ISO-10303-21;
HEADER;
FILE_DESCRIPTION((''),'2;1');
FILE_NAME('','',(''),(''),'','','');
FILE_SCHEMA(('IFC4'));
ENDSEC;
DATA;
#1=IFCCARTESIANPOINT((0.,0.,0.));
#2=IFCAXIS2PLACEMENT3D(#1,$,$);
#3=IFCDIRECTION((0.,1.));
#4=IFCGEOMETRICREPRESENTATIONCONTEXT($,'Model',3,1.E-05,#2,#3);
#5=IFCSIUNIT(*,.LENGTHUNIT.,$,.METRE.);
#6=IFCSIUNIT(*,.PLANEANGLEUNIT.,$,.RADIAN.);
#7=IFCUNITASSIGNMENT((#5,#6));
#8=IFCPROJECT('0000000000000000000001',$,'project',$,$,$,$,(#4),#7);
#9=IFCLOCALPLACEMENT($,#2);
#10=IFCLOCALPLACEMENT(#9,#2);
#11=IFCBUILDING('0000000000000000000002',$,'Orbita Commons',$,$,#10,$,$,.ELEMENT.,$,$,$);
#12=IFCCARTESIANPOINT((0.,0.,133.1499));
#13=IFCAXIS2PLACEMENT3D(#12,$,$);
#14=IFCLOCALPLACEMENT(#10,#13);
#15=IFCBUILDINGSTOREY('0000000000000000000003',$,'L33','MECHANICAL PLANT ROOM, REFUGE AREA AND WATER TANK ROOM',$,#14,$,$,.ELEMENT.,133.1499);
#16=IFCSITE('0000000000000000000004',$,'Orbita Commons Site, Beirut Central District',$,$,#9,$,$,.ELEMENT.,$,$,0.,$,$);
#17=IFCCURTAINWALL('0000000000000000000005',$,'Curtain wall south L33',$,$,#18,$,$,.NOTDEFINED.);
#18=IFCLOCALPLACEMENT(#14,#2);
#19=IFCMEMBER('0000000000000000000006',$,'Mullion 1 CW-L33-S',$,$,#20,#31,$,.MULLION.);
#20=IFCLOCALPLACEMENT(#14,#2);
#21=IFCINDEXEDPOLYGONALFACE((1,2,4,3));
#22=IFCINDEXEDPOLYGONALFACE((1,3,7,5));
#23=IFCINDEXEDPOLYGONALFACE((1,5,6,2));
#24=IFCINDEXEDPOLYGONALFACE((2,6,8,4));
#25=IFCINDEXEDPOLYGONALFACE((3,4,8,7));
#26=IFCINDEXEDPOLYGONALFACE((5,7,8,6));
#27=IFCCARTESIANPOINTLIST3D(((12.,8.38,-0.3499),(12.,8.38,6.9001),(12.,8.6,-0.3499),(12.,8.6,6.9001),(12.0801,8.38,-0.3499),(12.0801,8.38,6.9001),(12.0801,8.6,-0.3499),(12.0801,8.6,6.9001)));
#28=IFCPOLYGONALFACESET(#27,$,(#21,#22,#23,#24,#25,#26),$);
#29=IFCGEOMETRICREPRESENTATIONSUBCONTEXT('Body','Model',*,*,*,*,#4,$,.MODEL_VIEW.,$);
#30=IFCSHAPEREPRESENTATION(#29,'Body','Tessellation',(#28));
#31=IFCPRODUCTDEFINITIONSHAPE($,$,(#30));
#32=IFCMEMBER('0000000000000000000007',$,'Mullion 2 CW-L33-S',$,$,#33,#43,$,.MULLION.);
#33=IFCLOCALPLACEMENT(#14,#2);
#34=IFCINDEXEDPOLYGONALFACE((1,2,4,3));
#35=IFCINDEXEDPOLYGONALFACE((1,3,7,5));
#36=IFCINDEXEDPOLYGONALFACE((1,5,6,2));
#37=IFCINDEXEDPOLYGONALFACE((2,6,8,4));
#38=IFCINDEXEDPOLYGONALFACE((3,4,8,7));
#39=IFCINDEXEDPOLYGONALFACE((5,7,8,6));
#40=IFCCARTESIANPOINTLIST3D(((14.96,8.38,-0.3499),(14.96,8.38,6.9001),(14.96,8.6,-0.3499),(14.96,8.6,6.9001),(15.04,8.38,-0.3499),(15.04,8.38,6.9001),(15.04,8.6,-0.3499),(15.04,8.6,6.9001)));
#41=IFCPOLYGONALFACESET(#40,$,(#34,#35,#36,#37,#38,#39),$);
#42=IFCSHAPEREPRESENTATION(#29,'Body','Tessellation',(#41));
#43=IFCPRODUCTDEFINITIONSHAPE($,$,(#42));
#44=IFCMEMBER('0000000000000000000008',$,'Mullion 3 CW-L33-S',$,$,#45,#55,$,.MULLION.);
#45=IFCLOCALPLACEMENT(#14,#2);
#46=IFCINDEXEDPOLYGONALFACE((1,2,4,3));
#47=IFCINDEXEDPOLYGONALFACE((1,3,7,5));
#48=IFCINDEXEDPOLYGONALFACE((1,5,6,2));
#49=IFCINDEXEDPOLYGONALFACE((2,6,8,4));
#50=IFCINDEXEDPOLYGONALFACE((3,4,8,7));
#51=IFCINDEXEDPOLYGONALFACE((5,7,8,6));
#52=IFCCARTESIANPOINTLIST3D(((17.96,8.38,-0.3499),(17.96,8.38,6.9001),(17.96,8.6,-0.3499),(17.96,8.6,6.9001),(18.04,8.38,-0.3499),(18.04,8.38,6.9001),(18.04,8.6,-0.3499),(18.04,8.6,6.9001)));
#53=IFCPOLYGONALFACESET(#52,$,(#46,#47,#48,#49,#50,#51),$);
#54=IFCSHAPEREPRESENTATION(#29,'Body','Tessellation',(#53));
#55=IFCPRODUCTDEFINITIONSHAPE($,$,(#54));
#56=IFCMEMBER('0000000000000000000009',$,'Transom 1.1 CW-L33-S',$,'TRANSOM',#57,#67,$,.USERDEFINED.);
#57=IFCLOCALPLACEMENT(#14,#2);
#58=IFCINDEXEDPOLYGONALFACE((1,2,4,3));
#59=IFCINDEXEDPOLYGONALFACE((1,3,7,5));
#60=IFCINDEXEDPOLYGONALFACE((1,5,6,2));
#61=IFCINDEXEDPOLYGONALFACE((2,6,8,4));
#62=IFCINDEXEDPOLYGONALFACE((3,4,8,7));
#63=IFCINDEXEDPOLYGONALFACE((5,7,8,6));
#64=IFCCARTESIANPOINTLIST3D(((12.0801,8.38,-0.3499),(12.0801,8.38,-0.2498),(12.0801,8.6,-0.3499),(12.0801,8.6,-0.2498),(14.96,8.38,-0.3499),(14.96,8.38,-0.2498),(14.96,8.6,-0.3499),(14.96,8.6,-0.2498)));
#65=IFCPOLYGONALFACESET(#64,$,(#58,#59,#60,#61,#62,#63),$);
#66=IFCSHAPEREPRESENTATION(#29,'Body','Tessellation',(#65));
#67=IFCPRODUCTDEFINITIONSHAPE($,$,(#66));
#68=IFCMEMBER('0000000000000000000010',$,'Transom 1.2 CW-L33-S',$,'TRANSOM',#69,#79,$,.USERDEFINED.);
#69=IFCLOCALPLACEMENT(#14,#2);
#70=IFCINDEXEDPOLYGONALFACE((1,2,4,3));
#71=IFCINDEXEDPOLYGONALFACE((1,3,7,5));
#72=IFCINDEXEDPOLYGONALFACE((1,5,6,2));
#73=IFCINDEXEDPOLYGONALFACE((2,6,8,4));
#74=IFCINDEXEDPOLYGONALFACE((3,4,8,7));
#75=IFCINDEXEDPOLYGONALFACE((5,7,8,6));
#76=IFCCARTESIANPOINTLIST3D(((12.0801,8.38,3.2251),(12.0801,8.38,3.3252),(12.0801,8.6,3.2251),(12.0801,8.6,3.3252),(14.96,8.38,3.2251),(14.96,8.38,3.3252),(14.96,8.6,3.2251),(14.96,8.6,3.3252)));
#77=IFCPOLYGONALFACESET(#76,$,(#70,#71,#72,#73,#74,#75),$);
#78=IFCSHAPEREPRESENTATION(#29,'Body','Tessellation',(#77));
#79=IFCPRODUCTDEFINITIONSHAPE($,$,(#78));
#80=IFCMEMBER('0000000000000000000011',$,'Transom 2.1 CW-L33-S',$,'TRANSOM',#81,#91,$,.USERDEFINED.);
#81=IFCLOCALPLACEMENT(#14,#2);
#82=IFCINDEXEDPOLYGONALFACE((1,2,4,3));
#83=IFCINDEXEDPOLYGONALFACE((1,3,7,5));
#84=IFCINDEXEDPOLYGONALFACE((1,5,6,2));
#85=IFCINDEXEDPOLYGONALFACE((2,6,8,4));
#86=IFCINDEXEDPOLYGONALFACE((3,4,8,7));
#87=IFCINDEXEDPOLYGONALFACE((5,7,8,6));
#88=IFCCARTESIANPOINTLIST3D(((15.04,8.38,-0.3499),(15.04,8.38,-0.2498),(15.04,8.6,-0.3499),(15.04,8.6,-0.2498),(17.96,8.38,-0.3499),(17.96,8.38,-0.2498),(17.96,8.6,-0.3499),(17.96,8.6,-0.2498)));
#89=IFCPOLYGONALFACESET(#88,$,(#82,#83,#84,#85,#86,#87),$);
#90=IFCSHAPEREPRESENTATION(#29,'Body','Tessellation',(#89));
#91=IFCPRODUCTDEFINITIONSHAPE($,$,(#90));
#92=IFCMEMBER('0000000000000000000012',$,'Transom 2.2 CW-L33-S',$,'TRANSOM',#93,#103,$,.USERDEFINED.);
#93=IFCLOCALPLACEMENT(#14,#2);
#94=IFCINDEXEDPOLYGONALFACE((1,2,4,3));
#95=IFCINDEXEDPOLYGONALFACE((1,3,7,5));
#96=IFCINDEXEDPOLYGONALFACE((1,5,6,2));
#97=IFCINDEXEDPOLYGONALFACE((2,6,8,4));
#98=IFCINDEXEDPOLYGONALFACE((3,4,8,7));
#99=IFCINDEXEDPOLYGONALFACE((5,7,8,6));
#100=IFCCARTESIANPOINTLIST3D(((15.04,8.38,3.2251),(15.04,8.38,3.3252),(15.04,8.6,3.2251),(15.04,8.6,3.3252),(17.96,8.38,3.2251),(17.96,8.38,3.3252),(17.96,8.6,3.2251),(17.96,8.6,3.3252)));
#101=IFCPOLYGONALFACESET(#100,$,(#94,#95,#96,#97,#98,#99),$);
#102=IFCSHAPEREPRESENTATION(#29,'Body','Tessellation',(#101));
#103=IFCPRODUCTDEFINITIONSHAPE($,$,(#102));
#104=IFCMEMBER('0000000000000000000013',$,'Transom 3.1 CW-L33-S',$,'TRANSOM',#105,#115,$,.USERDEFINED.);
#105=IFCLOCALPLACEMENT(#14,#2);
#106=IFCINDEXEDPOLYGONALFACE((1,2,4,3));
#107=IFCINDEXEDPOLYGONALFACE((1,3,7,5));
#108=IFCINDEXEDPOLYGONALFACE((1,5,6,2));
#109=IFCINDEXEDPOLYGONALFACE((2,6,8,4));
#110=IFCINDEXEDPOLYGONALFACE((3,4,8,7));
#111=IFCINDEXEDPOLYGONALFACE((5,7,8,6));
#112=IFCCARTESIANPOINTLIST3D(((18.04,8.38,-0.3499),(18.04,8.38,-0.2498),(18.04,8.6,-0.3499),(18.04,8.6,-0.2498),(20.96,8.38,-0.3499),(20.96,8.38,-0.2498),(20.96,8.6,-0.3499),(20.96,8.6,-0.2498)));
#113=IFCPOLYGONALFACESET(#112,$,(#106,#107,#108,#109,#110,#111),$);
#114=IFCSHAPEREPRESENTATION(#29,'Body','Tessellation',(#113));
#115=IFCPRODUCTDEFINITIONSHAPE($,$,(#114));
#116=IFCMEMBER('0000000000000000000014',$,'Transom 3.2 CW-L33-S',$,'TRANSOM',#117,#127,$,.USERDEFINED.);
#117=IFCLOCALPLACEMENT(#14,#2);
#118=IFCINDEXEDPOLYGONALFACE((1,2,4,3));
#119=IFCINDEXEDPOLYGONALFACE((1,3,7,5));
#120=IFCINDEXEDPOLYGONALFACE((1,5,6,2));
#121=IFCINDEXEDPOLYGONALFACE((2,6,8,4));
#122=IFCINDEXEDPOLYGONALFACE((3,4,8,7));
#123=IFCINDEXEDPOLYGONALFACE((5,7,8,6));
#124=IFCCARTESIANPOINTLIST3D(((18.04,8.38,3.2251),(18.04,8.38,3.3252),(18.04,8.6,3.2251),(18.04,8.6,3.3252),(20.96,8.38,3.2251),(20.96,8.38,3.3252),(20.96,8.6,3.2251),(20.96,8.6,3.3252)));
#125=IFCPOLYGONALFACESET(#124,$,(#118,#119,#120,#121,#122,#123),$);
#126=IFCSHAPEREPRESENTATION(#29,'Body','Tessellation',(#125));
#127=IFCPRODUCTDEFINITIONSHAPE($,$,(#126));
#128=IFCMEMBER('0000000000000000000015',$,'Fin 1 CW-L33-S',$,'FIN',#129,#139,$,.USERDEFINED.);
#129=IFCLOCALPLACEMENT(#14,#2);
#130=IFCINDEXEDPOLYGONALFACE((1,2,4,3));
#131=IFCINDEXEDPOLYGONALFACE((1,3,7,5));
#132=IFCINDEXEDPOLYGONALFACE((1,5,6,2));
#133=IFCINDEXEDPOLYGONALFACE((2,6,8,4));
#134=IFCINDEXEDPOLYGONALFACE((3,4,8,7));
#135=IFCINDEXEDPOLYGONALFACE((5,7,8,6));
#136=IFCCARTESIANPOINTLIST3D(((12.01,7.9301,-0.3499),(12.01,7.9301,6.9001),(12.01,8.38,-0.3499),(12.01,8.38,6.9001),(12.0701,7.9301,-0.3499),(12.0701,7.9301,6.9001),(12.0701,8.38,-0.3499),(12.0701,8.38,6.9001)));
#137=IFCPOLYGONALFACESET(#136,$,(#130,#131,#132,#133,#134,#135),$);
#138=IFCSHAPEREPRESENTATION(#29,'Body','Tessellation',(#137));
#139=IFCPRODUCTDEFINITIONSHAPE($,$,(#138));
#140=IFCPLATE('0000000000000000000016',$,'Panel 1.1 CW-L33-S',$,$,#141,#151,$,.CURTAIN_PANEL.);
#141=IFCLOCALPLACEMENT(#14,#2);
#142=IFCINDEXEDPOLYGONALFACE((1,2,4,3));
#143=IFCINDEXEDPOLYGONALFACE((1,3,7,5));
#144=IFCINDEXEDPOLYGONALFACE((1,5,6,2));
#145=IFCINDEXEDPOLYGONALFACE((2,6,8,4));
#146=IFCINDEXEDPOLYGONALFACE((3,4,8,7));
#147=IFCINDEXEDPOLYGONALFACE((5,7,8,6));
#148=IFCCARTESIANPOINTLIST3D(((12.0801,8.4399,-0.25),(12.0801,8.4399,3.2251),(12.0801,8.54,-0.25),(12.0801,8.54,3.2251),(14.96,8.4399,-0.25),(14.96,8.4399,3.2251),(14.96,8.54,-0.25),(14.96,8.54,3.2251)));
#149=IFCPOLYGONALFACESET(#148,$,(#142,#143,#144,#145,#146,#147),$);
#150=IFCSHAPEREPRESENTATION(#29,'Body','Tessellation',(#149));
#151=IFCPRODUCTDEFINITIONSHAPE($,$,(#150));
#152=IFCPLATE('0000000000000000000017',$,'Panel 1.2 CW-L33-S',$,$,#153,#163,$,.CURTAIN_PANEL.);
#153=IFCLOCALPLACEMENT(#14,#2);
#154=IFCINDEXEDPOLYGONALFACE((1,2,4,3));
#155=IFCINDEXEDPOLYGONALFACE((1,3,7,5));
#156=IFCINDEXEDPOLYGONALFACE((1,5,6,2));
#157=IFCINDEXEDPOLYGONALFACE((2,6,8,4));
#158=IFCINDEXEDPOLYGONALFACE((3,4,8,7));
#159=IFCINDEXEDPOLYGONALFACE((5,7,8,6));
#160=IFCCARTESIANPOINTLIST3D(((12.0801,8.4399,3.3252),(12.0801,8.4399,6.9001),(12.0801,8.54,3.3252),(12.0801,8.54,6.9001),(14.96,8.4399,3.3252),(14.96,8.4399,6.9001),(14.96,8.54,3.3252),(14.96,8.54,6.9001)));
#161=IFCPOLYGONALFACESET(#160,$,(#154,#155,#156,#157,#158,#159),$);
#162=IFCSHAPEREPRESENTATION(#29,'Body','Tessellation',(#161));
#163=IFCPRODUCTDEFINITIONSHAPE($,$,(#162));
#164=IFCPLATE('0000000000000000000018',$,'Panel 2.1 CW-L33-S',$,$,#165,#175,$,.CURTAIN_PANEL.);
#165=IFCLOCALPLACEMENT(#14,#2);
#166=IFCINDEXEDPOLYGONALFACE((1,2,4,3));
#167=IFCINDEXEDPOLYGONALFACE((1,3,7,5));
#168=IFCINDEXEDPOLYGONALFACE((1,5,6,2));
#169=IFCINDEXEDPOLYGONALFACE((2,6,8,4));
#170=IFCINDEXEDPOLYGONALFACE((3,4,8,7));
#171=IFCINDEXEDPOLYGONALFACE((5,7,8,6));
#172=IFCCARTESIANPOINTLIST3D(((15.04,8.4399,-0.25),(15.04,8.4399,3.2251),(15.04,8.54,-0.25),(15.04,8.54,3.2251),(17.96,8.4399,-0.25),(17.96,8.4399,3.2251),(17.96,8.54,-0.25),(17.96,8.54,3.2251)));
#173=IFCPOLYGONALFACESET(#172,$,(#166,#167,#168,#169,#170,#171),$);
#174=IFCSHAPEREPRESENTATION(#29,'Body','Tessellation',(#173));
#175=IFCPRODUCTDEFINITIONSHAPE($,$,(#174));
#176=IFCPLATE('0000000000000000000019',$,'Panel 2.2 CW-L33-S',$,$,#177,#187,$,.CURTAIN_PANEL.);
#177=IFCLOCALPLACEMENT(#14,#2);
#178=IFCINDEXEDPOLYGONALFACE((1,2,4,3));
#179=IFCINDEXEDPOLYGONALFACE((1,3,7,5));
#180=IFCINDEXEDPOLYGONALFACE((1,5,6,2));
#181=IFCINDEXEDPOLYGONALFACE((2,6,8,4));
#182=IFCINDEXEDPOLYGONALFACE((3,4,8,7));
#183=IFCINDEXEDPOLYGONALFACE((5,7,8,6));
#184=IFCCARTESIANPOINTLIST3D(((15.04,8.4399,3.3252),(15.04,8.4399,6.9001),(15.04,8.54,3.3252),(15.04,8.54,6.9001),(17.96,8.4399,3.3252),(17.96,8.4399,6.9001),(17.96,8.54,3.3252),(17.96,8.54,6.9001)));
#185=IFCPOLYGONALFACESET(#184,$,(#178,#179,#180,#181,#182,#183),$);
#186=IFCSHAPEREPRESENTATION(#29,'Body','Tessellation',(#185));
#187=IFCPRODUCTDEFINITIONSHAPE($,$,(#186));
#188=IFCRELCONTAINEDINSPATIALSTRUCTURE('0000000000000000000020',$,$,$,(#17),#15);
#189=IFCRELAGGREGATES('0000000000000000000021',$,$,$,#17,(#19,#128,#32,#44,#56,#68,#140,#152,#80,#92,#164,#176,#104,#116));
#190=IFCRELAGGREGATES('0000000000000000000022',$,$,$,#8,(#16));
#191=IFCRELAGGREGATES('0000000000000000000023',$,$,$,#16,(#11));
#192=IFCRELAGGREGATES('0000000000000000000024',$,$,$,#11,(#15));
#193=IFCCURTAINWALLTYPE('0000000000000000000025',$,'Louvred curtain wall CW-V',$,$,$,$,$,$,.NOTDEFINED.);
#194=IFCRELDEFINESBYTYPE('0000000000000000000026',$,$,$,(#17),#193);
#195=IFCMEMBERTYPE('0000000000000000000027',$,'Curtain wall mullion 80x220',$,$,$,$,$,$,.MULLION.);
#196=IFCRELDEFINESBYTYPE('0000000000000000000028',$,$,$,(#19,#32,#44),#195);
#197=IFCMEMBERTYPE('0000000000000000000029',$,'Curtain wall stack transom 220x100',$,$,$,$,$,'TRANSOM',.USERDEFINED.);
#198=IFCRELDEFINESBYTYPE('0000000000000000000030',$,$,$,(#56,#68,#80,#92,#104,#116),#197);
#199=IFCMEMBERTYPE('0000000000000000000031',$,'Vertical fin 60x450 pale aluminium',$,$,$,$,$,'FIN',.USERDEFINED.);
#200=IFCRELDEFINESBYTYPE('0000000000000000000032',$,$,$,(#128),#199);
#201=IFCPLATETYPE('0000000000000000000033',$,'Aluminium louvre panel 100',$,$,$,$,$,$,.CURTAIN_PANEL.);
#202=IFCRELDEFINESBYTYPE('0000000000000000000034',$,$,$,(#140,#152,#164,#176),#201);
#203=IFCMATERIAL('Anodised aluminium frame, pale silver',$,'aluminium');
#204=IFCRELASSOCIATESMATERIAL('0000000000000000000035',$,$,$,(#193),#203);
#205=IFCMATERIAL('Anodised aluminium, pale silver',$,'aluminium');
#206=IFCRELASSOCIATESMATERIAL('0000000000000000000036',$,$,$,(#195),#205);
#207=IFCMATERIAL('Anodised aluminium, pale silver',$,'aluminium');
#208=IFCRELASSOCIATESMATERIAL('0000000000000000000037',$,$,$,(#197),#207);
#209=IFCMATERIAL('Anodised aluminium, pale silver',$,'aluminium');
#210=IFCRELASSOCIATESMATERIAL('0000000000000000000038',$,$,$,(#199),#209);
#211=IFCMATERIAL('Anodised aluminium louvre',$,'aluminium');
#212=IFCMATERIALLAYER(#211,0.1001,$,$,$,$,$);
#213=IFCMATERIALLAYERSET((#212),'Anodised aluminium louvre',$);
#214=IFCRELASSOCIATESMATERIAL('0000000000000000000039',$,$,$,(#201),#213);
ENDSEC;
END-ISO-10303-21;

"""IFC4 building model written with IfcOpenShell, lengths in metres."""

from ifc_helpers import new_model, si_unit, direction, frame, origin, origin_2d, place, context, subcontext, project, spatial, rectangle, extrude, material, layer, layer_set, material_profile, profile_set, type_object, element, aggregate, save


model = new_model("IFC4")

# Units and contexts
model_context = context("Model", 3, precision=1e-05, world=origin(), true_north=direction((0.0, 1.0)))
body_context = subcontext(model_context, "Body", "Model", "MODEL_VIEW")
ifc_project = project(units=[si_unit("LENGTHUNIT", "METRE"), si_unit("PLANEANGLEUNIT", "RADIAN")], contexts=[model_context])

# Site, building, storey
site_placement = place(None, origin())
site = spatial("IfcSite", under=ifc_project, at=site_placement, Name="Orbita Commons Site, Beirut Central District", CompositionType="ELEMENT", RefElevation=0.0)
building_placement = place(site_placement, origin())
building = spatial("IfcBuilding", under=site, at=building_placement, Name="Orbita Commons", CompositionType="ELEMENT")
storey_placement = place(building_placement, frame((0.0, 0.0, 133.1499)))
storey = spatial("IfcBuildingStorey", under=building, at=storey_placement, Name="L33", Description="MECHANICAL PLANT ROOM, REFUGE AREA AND WATER TANK ROOM", CompositionType="ELEMENT", Elevation=133.1499)

# Curtain wall, members, plates
ifc_material_1 = material(Name="Anodised aluminium frame, pale silver", Category="aluminium")
curtain_wall_type = type_object("IfcCurtainWallType", Name="Louvred curtain wall CW-V", PredefinedType="NOTDEFINED", material=ifc_material_1)
curtain_wall_placement = place(storey_placement, origin())
curtain_wall = element("IfcCurtainWall", 1, at=curtain_wall_placement, inside=storey, type_object=curtain_wall_type, Name="Curtain wall south L33", PredefinedType="NOTDEFINED")
ifc_material_2 = material(Name="Anodised aluminium, pale silver", Category="aluminium")
ifc_material_profile_1 = material_profile(ifc_material_2, rectangle(XDim=0.0801, YDim=0.22, at=origin_2d()), Name="AL 80x220")
ifc_profile_set_1 = profile_set([ifc_material_profile_1], Name="Anodised aluminium, pale silver")
member_type_1 = type_object("IfcMemberType", Name="Curtain wall mullion 80x220", PredefinedType="MULLION", material=ifc_profile_set_1)
member_1_placement = place(storey_placement, frame((12.04, 8.49, -0.3499), z_axis=(0.0, 0.0, 1.0), x_axis=(1.0, 0.0, 0.0)))
member_1 = element("IfcMember", 2, at=member_1_placement, type_object=member_type_1, Name="Mullion 1 CW-L33-S", PredefinedType="MULLION", context=body_context, shape_type="SweptSolid", body=[
    extrude(rectangle(XDim=0.0801, YDim=0.22, at=origin_2d()), origin(), (0.0, 0.0, 1.0), 7.25),
])
member_2_placement = place(storey_placement, frame((15.0, 8.49, -0.3499), z_axis=(0.0, 0.0, 1.0), x_axis=(1.0, 0.0, 0.0)))
member_2 = element("IfcMember", 3, at=member_2_placement, type_object=member_type_1, Name="Mullion 2 CW-L33-S", PredefinedType="MULLION", context=body_context, shape_type="SweptSolid", body=[
    extrude(rectangle(XDim=0.0801, YDim=0.22, at=origin_2d()), origin(), (0.0, 0.0, 1.0), 7.25),
])
member_3_placement = place(storey_placement, frame((18.0, 8.49, -0.3499), z_axis=(0.0, 0.0, 1.0), x_axis=(1.0, 0.0, 0.0)))
member_3 = element("IfcMember", 4, at=member_3_placement, type_object=member_type_1, Name="Mullion 3 CW-L33-S", PredefinedType="MULLION", context=body_context, shape_type="SweptSolid", body=[
    extrude(rectangle(XDim=0.0801, YDim=0.22, at=origin_2d()), origin(), (0.0, 0.0, 1.0), 7.25),
])
ifc_material_3 = material(Name="Anodised aluminium, pale silver", Category="aluminium")
ifc_material_profile_2 = material_profile(ifc_material_3, rectangle(XDim=0.22, YDim=0.1001, at=origin_2d()), Name="AL 220x100")
ifc_profile_set_2 = profile_set([ifc_material_profile_2], Name="Anodised aluminium, pale silver")
member_type_2 = type_object("IfcMemberType", Name="Curtain wall stack transom 220x100", ElementType="TRANSOM", PredefinedType="USERDEFINED", material=ifc_profile_set_2)
member_4_placement = place(storey_placement, frame((12.0801, 8.49, -0.2998), z_axis=(1.0, 0.0, 0.0), x_axis=(0.0, 1.0, 0.0)))
member_4 = element("IfcMember", 5, at=member_4_placement, type_object=member_type_2, Name="Transom 1.1 CW-L33-S", ObjectType="TRANSOM", PredefinedType="USERDEFINED", context=body_context, shape_type="SweptSolid", body=[
    extrude(rectangle(XDim=0.22, YDim=0.1001, at=origin_2d()), origin(), (0.0, 0.0, 1.0), 2.8799),
])
member_5_placement = place(storey_placement, frame((12.0801, 8.49, 3.2751), z_axis=(1.0, 0.0, 0.0), x_axis=(0.0, 1.0, 0.0)))
member_5 = element("IfcMember", 6, at=member_5_placement, type_object=member_type_2, Name="Transom 1.2 CW-L33-S", ObjectType="TRANSOM", PredefinedType="USERDEFINED", context=body_context, shape_type="SweptSolid", body=[
    extrude(rectangle(XDim=0.22, YDim=0.1001, at=origin_2d()), origin(), (0.0, 0.0, 1.0), 2.8799),
])
member_6_placement = place(storey_placement, frame((15.04, 8.49, -0.2998), z_axis=(1.0, 0.0, 0.0), x_axis=(0.0, 1.0, 0.0)))
member_6 = element("IfcMember", 7, at=member_6_placement, type_object=member_type_2, Name="Transom 2.1 CW-L33-S", ObjectType="TRANSOM", PredefinedType="USERDEFINED", context=body_context, shape_type="SweptSolid", body=[
    extrude(rectangle(XDim=0.22, YDim=0.1001, at=origin_2d()), origin(), (0.0, 0.0, 1.0), 2.9199),
])
member_7_placement = place(storey_placement, frame((15.04, 8.49, 3.2751), z_axis=(1.0, 0.0, 0.0), x_axis=(0.0, 1.0, 0.0)))
member_7 = element("IfcMember", 8, at=member_7_placement, type_object=member_type_2, Name="Transom 2.2 CW-L33-S", ObjectType="TRANSOM", PredefinedType="USERDEFINED", context=body_context, shape_type="SweptSolid", body=[
    extrude(rectangle(XDim=0.22, YDim=0.1001, at=origin_2d()), origin(), (0.0, 0.0, 1.0), 2.9199),
])
member_8_placement = place(storey_placement, frame((18.04, 8.49, -0.2998), z_axis=(1.0, 0.0, 0.0), x_axis=(0.0, 1.0, 0.0)))
member_8 = element("IfcMember", 9, at=member_8_placement, type_object=member_type_2, Name="Transom 3.1 CW-L33-S", ObjectType="TRANSOM", PredefinedType="USERDEFINED", context=body_context, shape_type="SweptSolid", body=[
    extrude(rectangle(XDim=0.22, YDim=0.1001, at=origin_2d()), origin(), (0.0, 0.0, 1.0), 2.9199),
])
member_9_placement = place(storey_placement, frame((18.04, 8.49, 3.2751), z_axis=(1.0, 0.0, 0.0), x_axis=(0.0, 1.0, 0.0)))
member_9 = element("IfcMember", 10, at=member_9_placement, type_object=member_type_2, Name="Transom 3.2 CW-L33-S", ObjectType="TRANSOM", PredefinedType="USERDEFINED", context=body_context, shape_type="SweptSolid", body=[
    extrude(rectangle(XDim=0.22, YDim=0.1001, at=origin_2d()), origin(), (0.0, 0.0, 1.0), 2.9199),
])
ifc_material_4 = material(Name="Anodised aluminium, pale silver", Category="aluminium")
ifc_material_profile_3 = material_profile(ifc_material_4, rectangle(XDim=0.0601, YDim=0.45, at=origin_2d()), Name="FIN 60x450")
ifc_profile_set_3 = profile_set([ifc_material_profile_3], Name="Anodised aluminium, pale silver")
member_type_3 = type_object("IfcMemberType", Name="Vertical fin 60x450 pale aluminium", ElementType="FIN", PredefinedType="USERDEFINED", material=ifc_profile_set_3)
member_10_placement = place(storey_placement, frame((12.04, 8.155, -0.3499), z_axis=(0.0, 0.0, 1.0), x_axis=(1.0, 0.0, 0.0)))
member_10 = element("IfcMember", 11, at=member_10_placement, type_object=member_type_3, Name="Fin 1 CW-L33-S", ObjectType="FIN", PredefinedType="USERDEFINED", context=body_context, shape_type="SweptSolid", body=[
    extrude(rectangle(XDim=0.0601, YDim=0.45, at=origin_2d()), origin(), (0.0, 0.0, 1.0), 7.25),
])
ifc_material_5 = material(Name="Anodised aluminium louvre", Category="aluminium")
ifc_layer_1 = layer(ifc_material_5, 0.1001)
ifc_layer_set_1 = layer_set([ifc_layer_1], Name="Anodised aluminium louvre")
plate_type = type_object("IfcPlateType", Name="Aluminium louvre panel 100", PredefinedType="CURTAIN_PANEL", material=ifc_layer_set_1)
plate_1_placement = place(storey_placement, frame((13.52, 8.49, -0.25), z_axis=(0.0, 0.0, 1.0), x_axis=(1.0, 0.0, 0.0)))
plate_1 = element("IfcPlate", 12, at=plate_1_placement, type_object=plate_type, Name="Panel 1.1 CW-L33-S", PredefinedType="CURTAIN_PANEL", context=body_context, shape_type="SweptSolid", body=[
    extrude(rectangle(XDim=2.8799, YDim=0.1001, at=origin_2d()), origin(), (0.0, 0.0, 1.0), 3.4751),
])
plate_2_placement = place(storey_placement, frame((13.52, 8.49, 3.3252), z_axis=(0.0, 0.0, 1.0), x_axis=(1.0, 0.0, 0.0)))
plate_2 = element("IfcPlate", 13, at=plate_2_placement, type_object=plate_type, Name="Panel 1.2 CW-L33-S", PredefinedType="CURTAIN_PANEL", context=body_context, shape_type="SweptSolid", body=[
    extrude(rectangle(XDim=2.8799, YDim=0.1001, at=origin_2d()), origin(), (0.0, 0.0, 1.0), 3.575),
])
plate_3_placement = place(storey_placement, frame((16.5, 8.49, -0.25), z_axis=(0.0, 0.0, 1.0), x_axis=(1.0, 0.0, 0.0)))
plate_3 = element("IfcPlate", 14, at=plate_3_placement, type_object=plate_type, Name="Panel 2.1 CW-L33-S", PredefinedType="CURTAIN_PANEL", context=body_context, shape_type="SweptSolid", body=[
    extrude(rectangle(XDim=2.9199, YDim=0.1001, at=origin_2d()), origin(), (0.0, 0.0, 1.0), 3.4751),
])
plate_4_placement = place(storey_placement, frame((16.5, 8.49, 3.3252), z_axis=(0.0, 0.0, 1.0), x_axis=(1.0, 0.0, 0.0)))
plate_4 = element("IfcPlate", 15, at=plate_4_placement, type_object=plate_type, Name="Panel 2.2 CW-L33-S", PredefinedType="CURTAIN_PANEL", context=body_context, shape_type="SweptSolid", body=[
    extrude(rectangle(XDim=2.9199, YDim=0.1001, at=origin_2d()), origin(), (0.0, 0.0, 1.0), 3.575),
])
aggregate(curtain_wall, [member_1, member_10, member_2, member_3, member_4, member_5, plate_1, plate_2, member_6, member_7, plate_3, plate_4, member_8, member_9])

save(model, "model.ifc")
